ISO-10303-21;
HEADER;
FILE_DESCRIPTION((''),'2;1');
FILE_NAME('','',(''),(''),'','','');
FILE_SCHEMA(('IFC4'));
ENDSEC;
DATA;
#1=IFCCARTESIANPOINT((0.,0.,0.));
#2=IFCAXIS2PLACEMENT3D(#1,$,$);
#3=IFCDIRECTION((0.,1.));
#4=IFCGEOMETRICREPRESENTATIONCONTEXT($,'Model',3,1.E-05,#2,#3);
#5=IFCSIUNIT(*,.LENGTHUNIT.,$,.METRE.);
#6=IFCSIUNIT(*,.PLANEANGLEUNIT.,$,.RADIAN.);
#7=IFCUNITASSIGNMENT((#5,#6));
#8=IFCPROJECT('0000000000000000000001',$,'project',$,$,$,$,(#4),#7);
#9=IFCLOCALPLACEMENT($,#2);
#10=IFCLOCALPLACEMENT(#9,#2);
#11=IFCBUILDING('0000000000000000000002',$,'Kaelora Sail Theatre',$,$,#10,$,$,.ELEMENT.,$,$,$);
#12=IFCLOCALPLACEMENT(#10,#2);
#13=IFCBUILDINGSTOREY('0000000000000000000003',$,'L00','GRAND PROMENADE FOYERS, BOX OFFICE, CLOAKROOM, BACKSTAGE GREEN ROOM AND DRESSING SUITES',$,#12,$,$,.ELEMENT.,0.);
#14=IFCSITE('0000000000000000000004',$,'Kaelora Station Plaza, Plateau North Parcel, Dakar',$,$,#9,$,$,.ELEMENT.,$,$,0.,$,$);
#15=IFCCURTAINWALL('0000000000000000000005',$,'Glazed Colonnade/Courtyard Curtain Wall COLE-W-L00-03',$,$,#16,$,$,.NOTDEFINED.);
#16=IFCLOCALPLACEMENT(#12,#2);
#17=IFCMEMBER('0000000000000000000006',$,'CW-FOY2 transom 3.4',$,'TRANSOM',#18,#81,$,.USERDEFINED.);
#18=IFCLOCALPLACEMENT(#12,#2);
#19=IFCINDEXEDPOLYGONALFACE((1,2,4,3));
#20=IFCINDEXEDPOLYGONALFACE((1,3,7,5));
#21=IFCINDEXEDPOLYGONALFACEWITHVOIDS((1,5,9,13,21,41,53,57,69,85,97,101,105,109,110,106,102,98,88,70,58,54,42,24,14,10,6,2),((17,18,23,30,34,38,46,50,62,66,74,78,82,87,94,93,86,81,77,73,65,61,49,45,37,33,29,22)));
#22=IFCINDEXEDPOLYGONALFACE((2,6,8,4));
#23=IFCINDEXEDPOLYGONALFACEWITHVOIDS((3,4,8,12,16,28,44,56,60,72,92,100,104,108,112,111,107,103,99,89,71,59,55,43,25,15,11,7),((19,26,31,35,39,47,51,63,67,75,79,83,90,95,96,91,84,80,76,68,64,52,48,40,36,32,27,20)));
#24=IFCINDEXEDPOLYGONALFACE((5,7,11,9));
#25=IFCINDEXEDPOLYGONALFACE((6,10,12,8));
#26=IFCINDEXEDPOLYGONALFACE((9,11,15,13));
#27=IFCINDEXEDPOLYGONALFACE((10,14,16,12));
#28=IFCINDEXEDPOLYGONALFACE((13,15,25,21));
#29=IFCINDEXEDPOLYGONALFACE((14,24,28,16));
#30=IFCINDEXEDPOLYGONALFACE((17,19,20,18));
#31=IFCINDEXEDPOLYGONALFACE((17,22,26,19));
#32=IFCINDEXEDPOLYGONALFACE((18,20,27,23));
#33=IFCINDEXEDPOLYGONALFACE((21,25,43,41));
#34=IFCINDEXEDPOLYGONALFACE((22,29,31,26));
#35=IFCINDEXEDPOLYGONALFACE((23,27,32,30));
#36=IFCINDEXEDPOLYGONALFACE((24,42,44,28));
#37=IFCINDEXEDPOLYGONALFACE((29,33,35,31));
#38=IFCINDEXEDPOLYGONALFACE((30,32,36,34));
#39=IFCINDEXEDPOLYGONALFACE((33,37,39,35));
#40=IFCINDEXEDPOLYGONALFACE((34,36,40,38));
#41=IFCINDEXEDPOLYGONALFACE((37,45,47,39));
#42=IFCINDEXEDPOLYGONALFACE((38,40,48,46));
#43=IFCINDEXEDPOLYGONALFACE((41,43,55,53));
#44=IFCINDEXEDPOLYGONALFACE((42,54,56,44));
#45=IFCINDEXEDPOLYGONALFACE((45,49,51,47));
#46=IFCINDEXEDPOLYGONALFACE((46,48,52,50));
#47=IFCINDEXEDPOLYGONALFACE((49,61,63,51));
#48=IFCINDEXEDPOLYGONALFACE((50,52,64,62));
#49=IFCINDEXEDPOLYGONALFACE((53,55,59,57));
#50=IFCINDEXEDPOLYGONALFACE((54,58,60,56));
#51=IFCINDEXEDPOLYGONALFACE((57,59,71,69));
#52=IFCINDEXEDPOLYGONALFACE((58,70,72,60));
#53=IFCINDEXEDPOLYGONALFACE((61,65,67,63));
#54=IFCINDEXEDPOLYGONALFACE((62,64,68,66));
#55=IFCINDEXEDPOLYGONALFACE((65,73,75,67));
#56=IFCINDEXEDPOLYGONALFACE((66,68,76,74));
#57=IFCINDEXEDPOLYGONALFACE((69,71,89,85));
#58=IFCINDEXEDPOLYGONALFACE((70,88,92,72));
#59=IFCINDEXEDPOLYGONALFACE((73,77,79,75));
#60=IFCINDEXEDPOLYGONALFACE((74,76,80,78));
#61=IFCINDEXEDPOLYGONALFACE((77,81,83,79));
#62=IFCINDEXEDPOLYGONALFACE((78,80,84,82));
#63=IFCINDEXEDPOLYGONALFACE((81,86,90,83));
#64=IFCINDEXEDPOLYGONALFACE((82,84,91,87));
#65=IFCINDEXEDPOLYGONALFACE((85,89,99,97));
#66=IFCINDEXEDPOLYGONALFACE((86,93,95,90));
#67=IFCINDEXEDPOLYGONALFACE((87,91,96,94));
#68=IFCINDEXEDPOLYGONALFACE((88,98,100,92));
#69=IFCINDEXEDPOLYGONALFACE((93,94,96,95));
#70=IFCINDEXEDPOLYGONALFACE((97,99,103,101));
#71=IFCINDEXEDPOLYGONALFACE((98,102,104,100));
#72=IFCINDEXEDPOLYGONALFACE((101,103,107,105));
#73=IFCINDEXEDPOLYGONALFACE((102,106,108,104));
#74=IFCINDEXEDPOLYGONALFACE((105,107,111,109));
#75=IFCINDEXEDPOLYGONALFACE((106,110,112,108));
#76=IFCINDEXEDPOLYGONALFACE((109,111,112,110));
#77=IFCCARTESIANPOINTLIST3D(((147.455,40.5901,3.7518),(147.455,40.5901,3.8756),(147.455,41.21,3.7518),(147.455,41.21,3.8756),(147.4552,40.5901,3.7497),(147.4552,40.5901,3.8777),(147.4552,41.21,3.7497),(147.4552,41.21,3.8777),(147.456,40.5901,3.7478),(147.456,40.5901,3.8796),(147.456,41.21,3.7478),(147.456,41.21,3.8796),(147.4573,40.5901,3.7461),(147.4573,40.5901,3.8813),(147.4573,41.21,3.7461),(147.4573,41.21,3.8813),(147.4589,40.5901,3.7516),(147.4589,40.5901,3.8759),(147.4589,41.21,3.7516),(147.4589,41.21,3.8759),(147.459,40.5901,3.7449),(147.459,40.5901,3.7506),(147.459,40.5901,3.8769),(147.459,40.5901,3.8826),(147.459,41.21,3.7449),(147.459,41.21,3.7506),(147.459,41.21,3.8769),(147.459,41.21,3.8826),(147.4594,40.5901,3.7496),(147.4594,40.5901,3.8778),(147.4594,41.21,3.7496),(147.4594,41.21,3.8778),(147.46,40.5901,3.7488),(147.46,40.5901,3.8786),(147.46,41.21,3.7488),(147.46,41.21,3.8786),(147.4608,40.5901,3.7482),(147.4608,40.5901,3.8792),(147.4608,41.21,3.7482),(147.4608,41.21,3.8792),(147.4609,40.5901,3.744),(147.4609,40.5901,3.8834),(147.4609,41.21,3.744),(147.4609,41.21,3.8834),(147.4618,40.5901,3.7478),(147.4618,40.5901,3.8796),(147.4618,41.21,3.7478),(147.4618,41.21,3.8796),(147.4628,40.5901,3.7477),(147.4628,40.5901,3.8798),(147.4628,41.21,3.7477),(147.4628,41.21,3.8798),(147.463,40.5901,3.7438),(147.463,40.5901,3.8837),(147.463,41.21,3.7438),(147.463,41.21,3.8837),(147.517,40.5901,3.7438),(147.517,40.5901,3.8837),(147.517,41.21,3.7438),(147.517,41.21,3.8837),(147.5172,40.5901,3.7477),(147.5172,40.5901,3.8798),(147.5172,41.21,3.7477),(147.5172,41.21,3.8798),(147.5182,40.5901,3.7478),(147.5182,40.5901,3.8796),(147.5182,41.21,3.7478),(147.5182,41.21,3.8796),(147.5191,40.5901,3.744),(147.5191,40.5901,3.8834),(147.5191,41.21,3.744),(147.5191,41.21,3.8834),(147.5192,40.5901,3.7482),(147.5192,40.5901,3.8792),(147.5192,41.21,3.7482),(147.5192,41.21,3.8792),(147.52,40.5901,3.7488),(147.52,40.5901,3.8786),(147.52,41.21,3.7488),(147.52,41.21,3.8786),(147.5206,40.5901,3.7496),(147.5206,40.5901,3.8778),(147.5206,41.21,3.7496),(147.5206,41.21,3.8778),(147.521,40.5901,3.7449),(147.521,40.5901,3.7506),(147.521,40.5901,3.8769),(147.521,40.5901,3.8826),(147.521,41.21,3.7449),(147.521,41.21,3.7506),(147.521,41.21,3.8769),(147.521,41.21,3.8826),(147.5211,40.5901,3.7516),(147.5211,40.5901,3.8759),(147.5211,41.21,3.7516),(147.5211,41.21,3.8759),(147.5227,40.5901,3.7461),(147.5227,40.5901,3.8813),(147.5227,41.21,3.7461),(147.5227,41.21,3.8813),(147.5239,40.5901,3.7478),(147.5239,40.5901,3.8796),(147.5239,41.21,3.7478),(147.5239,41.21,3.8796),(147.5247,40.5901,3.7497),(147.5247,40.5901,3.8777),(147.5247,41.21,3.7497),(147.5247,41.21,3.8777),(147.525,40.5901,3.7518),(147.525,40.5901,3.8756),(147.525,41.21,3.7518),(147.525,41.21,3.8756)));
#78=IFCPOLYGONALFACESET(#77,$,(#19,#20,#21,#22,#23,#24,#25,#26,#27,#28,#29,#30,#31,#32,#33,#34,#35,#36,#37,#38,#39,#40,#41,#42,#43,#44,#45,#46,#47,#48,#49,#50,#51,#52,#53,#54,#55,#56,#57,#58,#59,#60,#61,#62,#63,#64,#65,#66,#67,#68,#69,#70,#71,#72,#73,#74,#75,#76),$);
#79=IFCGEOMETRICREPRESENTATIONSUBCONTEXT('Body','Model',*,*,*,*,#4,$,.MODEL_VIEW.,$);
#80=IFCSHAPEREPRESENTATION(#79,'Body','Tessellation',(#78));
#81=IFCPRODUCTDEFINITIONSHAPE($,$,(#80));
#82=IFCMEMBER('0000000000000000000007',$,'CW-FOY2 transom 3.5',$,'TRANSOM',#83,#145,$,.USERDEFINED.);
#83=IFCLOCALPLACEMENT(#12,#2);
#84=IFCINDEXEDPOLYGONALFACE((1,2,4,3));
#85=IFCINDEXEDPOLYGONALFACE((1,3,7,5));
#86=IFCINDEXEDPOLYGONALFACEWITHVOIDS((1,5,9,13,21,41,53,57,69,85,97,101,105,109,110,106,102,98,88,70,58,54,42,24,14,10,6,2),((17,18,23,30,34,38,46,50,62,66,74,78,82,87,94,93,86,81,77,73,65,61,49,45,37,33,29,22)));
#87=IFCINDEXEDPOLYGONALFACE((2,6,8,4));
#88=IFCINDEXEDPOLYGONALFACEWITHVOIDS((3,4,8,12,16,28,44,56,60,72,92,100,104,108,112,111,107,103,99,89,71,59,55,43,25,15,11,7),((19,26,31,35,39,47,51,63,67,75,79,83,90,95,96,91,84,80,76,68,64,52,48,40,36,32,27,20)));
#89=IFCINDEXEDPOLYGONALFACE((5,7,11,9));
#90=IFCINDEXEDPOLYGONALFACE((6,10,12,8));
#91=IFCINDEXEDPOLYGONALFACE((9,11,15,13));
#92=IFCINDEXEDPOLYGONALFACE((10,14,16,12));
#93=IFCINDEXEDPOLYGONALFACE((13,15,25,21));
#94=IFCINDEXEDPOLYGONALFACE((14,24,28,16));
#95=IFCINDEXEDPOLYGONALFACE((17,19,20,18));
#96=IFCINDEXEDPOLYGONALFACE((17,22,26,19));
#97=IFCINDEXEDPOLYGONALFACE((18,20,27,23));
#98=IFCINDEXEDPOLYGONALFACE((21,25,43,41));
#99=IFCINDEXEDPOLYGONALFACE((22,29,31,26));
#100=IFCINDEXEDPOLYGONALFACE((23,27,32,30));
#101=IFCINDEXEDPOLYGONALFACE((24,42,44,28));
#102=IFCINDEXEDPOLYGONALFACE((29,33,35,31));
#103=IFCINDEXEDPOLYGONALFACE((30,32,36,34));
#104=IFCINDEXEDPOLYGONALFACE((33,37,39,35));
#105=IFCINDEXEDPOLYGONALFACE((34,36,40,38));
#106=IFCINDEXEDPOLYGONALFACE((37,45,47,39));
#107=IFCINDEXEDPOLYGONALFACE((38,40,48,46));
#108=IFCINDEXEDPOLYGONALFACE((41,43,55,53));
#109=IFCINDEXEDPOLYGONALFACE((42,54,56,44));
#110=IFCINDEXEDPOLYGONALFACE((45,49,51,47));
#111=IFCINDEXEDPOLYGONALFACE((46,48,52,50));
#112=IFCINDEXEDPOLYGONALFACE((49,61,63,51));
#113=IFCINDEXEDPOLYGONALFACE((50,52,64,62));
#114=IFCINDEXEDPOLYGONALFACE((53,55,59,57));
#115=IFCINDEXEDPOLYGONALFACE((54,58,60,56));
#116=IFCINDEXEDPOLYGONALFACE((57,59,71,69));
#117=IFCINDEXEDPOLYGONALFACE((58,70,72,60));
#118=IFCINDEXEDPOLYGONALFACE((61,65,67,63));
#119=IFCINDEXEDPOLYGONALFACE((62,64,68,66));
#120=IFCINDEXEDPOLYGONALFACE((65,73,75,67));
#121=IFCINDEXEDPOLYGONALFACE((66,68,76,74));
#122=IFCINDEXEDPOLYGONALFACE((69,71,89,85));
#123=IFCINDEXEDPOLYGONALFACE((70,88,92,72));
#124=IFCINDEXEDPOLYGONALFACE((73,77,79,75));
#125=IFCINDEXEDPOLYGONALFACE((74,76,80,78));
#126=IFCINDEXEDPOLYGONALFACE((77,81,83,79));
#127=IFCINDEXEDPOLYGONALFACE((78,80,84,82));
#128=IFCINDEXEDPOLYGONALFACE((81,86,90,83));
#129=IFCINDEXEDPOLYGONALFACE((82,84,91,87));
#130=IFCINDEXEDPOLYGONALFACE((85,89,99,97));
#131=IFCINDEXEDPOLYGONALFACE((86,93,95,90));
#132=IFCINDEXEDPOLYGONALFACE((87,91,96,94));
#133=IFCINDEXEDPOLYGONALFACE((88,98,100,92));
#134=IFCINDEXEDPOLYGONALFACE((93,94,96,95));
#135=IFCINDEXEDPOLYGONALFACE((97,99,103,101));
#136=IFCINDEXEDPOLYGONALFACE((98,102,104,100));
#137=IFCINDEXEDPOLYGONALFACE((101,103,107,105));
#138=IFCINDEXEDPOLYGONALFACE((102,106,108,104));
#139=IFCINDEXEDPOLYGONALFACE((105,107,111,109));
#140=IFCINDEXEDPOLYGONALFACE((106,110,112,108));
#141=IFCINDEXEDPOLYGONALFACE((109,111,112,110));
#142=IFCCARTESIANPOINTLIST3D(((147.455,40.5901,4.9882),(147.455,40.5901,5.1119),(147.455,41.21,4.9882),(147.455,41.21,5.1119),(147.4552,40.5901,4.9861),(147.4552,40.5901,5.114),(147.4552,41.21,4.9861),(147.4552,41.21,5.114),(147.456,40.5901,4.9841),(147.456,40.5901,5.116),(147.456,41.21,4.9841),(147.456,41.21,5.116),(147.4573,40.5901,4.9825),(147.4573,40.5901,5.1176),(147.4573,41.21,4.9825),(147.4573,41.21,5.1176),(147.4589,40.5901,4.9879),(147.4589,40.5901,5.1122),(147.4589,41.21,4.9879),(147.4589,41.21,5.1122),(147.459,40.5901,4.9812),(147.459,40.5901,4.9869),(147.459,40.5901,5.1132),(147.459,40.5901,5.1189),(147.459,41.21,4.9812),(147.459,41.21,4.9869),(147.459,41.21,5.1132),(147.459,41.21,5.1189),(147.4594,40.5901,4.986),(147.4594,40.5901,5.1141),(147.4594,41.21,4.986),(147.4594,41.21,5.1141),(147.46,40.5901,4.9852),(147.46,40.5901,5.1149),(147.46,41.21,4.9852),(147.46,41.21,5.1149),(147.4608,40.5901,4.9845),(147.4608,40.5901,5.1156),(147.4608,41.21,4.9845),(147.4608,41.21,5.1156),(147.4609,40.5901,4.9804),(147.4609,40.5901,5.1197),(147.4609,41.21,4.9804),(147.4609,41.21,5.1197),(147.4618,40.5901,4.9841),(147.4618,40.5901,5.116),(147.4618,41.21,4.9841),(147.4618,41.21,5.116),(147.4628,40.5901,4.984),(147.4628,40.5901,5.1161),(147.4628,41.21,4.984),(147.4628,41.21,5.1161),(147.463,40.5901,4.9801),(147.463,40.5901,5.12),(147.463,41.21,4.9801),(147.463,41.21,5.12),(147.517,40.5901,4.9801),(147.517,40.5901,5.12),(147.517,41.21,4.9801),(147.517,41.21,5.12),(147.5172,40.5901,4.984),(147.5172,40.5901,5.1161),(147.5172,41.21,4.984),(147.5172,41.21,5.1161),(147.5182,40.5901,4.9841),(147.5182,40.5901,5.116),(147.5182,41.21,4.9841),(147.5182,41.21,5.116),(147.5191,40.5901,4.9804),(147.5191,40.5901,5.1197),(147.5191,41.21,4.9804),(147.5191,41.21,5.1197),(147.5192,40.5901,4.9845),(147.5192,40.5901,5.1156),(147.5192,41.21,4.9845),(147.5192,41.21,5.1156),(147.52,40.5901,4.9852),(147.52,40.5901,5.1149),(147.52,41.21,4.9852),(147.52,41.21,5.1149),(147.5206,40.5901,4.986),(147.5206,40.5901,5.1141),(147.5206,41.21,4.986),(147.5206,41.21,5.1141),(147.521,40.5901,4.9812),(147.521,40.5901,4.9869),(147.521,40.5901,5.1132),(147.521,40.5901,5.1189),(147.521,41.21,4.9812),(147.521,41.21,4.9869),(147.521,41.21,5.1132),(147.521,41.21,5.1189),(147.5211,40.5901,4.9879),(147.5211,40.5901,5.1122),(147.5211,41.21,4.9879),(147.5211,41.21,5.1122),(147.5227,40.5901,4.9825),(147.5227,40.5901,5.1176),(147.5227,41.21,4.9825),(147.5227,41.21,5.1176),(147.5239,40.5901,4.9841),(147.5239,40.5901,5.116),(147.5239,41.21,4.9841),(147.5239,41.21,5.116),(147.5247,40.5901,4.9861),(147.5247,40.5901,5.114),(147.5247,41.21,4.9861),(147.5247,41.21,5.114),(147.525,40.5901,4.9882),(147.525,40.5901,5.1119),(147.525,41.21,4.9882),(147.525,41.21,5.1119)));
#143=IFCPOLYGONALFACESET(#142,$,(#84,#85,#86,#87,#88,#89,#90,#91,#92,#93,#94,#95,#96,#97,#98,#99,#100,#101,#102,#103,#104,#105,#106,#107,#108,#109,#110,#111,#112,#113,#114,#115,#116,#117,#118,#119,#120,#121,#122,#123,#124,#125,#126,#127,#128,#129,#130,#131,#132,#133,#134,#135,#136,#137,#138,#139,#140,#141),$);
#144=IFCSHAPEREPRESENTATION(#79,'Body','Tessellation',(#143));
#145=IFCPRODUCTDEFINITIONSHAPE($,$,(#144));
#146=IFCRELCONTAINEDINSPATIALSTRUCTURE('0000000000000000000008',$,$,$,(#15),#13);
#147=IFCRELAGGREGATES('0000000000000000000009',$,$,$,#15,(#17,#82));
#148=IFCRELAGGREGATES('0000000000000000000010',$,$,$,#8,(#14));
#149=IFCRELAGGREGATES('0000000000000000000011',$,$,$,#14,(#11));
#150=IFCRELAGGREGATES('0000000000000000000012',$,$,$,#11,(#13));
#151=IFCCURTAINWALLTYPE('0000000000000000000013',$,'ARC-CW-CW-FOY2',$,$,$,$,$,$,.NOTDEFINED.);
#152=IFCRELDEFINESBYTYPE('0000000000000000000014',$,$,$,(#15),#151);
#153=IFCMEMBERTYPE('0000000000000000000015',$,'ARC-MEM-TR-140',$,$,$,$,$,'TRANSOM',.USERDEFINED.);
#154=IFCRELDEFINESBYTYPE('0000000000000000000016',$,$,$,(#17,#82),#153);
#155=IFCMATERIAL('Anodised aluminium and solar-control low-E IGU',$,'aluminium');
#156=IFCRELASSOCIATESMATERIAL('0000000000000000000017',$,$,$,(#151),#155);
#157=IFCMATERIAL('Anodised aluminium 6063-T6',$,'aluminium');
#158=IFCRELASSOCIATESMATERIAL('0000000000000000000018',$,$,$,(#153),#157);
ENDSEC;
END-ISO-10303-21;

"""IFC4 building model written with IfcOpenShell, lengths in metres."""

from ifc_helpers import new_model, si_unit, direction, frame, origin, origin_2d, place, context, subcontext, project, spatial, hollow_rectangle, extrude, material, material_profile, profile_set, type_object, element, aggregate, save


model = new_model("IFC4")

# Units and contexts
model_context = context("Model", 3, precision=1e-05, world=origin(), true_north=direction((0.0, 1.0)))
body_context = subcontext(model_context, "Body", "Model", "MODEL_VIEW")
ifc_project = project(units=[si_unit("LENGTHUNIT", "METRE"), si_unit("PLANEANGLEUNIT", "RADIAN")], contexts=[model_context])

# Site, building, storey
site_placement = place(None, origin())
site = spatial("IfcSite", under=ifc_project, at=site_placement, Name="Kaelora Station Plaza, Plateau North Parcel, Dakar", CompositionType="ELEMENT", RefElevation=0.0)
building_placement = place(site_placement, origin())
building = spatial("IfcBuilding", under=site, at=building_placement, Name="Kaelora Sail Theatre", CompositionType="ELEMENT")
storey_placement = place(building_placement, origin())
storey = spatial("IfcBuildingStorey", under=building, at=storey_placement, Name="L00", Description="GRAND PROMENADE FOYERS, BOX OFFICE, CLOAKROOM, BACKSTAGE GREEN ROOM AND DRESSING SUITES", CompositionType="ELEMENT", Elevation=0.0)

# Curtain wall
ifc_material_1 = material(Name="Anodised aluminium and solar-control low-E IGU", Category="aluminium")
curtain_wall_type = type_object("IfcCurtainWallType", Name="ARC-CW-CW-FOY2", PredefinedType="NOTDEFINED", material=ifc_material_1)
curtain_wall_placement = place(storey_placement, origin())
curtain_wall = element("IfcCurtainWall", 1, at=curtain_wall_placement, inside=storey, type_object=curtain_wall_type, Name="Glazed Colonnade/Courtyard Curtain Wall COLE-W-L00-03", PredefinedType="NOTDEFINED")

# Members
ifc_material_2 = material(Name="Anodised aluminium 6063-T6", Category="aluminium")
ifc_material_profile_1 = material_profile(ifc_material_2, hollow_rectangle(XDim=0.0701, YDim=0.1399, WallThickness=0.0039, InnerFilletRadius=0.0039, OuterFilletRadius=0.0081, at=origin_2d()), Name="ALU-TRAN 70x140x4")
ifc_profile_set_1 = profile_set([ifc_material_profile_1], Name="Anodised aluminium 6063-T6")
member_type_1 = type_object("IfcMemberType", Name="ARC-MEM-TR-140", ElementType="TRANSOM", PredefinedType="USERDEFINED", material=ifc_profile_set_1)
member_1_placement = place(storey_placement, frame((147.49, 40.5901, 3.8137), z_axis=(0.0, 1.0, 0.0), x_axis=(-1.0, 0.0, 0.0)))
member_1 = element("IfcMember", 2, at=member_1_placement, type_object=member_type_1, Name="CW-FOY2 transom 3.4", ObjectType="TRANSOM", PredefinedType="USERDEFINED", context=body_context, shape_type="SweptSolid", body=[
    extrude(hollow_rectangle(XDim=0.0701, YDim=0.1399, WallThickness=0.0039, InnerFilletRadius=0.0039, OuterFilletRadius=0.0081, at=origin_2d()), origin(), (0.0, 0.0, 1.0), 0.6199),
])
member_2_placement = place(storey_placement, frame((147.49, 40.5901, 5.05), z_axis=(0.0, 1.0, 0.0), x_axis=(-1.0, 0.0, 0.0)))
member_2 = element("IfcMember", 3, at=member_2_placement, type_object=member_type_1, Name="CW-FOY2 transom 3.5", ObjectType="TRANSOM", PredefinedType="USERDEFINED", context=body_context, shape_type="SweptSolid", body=[
    extrude(hollow_rectangle(XDim=0.0701, YDim=0.1399, WallThickness=0.0039, InnerFilletRadius=0.0039, OuterFilletRadius=0.0081, at=origin_2d()), origin(), (0.0, 0.0, 1.0), 0.6199),
])

aggregate(curtain_wall, [member_1, member_2])

save(model, "model.ifc")
